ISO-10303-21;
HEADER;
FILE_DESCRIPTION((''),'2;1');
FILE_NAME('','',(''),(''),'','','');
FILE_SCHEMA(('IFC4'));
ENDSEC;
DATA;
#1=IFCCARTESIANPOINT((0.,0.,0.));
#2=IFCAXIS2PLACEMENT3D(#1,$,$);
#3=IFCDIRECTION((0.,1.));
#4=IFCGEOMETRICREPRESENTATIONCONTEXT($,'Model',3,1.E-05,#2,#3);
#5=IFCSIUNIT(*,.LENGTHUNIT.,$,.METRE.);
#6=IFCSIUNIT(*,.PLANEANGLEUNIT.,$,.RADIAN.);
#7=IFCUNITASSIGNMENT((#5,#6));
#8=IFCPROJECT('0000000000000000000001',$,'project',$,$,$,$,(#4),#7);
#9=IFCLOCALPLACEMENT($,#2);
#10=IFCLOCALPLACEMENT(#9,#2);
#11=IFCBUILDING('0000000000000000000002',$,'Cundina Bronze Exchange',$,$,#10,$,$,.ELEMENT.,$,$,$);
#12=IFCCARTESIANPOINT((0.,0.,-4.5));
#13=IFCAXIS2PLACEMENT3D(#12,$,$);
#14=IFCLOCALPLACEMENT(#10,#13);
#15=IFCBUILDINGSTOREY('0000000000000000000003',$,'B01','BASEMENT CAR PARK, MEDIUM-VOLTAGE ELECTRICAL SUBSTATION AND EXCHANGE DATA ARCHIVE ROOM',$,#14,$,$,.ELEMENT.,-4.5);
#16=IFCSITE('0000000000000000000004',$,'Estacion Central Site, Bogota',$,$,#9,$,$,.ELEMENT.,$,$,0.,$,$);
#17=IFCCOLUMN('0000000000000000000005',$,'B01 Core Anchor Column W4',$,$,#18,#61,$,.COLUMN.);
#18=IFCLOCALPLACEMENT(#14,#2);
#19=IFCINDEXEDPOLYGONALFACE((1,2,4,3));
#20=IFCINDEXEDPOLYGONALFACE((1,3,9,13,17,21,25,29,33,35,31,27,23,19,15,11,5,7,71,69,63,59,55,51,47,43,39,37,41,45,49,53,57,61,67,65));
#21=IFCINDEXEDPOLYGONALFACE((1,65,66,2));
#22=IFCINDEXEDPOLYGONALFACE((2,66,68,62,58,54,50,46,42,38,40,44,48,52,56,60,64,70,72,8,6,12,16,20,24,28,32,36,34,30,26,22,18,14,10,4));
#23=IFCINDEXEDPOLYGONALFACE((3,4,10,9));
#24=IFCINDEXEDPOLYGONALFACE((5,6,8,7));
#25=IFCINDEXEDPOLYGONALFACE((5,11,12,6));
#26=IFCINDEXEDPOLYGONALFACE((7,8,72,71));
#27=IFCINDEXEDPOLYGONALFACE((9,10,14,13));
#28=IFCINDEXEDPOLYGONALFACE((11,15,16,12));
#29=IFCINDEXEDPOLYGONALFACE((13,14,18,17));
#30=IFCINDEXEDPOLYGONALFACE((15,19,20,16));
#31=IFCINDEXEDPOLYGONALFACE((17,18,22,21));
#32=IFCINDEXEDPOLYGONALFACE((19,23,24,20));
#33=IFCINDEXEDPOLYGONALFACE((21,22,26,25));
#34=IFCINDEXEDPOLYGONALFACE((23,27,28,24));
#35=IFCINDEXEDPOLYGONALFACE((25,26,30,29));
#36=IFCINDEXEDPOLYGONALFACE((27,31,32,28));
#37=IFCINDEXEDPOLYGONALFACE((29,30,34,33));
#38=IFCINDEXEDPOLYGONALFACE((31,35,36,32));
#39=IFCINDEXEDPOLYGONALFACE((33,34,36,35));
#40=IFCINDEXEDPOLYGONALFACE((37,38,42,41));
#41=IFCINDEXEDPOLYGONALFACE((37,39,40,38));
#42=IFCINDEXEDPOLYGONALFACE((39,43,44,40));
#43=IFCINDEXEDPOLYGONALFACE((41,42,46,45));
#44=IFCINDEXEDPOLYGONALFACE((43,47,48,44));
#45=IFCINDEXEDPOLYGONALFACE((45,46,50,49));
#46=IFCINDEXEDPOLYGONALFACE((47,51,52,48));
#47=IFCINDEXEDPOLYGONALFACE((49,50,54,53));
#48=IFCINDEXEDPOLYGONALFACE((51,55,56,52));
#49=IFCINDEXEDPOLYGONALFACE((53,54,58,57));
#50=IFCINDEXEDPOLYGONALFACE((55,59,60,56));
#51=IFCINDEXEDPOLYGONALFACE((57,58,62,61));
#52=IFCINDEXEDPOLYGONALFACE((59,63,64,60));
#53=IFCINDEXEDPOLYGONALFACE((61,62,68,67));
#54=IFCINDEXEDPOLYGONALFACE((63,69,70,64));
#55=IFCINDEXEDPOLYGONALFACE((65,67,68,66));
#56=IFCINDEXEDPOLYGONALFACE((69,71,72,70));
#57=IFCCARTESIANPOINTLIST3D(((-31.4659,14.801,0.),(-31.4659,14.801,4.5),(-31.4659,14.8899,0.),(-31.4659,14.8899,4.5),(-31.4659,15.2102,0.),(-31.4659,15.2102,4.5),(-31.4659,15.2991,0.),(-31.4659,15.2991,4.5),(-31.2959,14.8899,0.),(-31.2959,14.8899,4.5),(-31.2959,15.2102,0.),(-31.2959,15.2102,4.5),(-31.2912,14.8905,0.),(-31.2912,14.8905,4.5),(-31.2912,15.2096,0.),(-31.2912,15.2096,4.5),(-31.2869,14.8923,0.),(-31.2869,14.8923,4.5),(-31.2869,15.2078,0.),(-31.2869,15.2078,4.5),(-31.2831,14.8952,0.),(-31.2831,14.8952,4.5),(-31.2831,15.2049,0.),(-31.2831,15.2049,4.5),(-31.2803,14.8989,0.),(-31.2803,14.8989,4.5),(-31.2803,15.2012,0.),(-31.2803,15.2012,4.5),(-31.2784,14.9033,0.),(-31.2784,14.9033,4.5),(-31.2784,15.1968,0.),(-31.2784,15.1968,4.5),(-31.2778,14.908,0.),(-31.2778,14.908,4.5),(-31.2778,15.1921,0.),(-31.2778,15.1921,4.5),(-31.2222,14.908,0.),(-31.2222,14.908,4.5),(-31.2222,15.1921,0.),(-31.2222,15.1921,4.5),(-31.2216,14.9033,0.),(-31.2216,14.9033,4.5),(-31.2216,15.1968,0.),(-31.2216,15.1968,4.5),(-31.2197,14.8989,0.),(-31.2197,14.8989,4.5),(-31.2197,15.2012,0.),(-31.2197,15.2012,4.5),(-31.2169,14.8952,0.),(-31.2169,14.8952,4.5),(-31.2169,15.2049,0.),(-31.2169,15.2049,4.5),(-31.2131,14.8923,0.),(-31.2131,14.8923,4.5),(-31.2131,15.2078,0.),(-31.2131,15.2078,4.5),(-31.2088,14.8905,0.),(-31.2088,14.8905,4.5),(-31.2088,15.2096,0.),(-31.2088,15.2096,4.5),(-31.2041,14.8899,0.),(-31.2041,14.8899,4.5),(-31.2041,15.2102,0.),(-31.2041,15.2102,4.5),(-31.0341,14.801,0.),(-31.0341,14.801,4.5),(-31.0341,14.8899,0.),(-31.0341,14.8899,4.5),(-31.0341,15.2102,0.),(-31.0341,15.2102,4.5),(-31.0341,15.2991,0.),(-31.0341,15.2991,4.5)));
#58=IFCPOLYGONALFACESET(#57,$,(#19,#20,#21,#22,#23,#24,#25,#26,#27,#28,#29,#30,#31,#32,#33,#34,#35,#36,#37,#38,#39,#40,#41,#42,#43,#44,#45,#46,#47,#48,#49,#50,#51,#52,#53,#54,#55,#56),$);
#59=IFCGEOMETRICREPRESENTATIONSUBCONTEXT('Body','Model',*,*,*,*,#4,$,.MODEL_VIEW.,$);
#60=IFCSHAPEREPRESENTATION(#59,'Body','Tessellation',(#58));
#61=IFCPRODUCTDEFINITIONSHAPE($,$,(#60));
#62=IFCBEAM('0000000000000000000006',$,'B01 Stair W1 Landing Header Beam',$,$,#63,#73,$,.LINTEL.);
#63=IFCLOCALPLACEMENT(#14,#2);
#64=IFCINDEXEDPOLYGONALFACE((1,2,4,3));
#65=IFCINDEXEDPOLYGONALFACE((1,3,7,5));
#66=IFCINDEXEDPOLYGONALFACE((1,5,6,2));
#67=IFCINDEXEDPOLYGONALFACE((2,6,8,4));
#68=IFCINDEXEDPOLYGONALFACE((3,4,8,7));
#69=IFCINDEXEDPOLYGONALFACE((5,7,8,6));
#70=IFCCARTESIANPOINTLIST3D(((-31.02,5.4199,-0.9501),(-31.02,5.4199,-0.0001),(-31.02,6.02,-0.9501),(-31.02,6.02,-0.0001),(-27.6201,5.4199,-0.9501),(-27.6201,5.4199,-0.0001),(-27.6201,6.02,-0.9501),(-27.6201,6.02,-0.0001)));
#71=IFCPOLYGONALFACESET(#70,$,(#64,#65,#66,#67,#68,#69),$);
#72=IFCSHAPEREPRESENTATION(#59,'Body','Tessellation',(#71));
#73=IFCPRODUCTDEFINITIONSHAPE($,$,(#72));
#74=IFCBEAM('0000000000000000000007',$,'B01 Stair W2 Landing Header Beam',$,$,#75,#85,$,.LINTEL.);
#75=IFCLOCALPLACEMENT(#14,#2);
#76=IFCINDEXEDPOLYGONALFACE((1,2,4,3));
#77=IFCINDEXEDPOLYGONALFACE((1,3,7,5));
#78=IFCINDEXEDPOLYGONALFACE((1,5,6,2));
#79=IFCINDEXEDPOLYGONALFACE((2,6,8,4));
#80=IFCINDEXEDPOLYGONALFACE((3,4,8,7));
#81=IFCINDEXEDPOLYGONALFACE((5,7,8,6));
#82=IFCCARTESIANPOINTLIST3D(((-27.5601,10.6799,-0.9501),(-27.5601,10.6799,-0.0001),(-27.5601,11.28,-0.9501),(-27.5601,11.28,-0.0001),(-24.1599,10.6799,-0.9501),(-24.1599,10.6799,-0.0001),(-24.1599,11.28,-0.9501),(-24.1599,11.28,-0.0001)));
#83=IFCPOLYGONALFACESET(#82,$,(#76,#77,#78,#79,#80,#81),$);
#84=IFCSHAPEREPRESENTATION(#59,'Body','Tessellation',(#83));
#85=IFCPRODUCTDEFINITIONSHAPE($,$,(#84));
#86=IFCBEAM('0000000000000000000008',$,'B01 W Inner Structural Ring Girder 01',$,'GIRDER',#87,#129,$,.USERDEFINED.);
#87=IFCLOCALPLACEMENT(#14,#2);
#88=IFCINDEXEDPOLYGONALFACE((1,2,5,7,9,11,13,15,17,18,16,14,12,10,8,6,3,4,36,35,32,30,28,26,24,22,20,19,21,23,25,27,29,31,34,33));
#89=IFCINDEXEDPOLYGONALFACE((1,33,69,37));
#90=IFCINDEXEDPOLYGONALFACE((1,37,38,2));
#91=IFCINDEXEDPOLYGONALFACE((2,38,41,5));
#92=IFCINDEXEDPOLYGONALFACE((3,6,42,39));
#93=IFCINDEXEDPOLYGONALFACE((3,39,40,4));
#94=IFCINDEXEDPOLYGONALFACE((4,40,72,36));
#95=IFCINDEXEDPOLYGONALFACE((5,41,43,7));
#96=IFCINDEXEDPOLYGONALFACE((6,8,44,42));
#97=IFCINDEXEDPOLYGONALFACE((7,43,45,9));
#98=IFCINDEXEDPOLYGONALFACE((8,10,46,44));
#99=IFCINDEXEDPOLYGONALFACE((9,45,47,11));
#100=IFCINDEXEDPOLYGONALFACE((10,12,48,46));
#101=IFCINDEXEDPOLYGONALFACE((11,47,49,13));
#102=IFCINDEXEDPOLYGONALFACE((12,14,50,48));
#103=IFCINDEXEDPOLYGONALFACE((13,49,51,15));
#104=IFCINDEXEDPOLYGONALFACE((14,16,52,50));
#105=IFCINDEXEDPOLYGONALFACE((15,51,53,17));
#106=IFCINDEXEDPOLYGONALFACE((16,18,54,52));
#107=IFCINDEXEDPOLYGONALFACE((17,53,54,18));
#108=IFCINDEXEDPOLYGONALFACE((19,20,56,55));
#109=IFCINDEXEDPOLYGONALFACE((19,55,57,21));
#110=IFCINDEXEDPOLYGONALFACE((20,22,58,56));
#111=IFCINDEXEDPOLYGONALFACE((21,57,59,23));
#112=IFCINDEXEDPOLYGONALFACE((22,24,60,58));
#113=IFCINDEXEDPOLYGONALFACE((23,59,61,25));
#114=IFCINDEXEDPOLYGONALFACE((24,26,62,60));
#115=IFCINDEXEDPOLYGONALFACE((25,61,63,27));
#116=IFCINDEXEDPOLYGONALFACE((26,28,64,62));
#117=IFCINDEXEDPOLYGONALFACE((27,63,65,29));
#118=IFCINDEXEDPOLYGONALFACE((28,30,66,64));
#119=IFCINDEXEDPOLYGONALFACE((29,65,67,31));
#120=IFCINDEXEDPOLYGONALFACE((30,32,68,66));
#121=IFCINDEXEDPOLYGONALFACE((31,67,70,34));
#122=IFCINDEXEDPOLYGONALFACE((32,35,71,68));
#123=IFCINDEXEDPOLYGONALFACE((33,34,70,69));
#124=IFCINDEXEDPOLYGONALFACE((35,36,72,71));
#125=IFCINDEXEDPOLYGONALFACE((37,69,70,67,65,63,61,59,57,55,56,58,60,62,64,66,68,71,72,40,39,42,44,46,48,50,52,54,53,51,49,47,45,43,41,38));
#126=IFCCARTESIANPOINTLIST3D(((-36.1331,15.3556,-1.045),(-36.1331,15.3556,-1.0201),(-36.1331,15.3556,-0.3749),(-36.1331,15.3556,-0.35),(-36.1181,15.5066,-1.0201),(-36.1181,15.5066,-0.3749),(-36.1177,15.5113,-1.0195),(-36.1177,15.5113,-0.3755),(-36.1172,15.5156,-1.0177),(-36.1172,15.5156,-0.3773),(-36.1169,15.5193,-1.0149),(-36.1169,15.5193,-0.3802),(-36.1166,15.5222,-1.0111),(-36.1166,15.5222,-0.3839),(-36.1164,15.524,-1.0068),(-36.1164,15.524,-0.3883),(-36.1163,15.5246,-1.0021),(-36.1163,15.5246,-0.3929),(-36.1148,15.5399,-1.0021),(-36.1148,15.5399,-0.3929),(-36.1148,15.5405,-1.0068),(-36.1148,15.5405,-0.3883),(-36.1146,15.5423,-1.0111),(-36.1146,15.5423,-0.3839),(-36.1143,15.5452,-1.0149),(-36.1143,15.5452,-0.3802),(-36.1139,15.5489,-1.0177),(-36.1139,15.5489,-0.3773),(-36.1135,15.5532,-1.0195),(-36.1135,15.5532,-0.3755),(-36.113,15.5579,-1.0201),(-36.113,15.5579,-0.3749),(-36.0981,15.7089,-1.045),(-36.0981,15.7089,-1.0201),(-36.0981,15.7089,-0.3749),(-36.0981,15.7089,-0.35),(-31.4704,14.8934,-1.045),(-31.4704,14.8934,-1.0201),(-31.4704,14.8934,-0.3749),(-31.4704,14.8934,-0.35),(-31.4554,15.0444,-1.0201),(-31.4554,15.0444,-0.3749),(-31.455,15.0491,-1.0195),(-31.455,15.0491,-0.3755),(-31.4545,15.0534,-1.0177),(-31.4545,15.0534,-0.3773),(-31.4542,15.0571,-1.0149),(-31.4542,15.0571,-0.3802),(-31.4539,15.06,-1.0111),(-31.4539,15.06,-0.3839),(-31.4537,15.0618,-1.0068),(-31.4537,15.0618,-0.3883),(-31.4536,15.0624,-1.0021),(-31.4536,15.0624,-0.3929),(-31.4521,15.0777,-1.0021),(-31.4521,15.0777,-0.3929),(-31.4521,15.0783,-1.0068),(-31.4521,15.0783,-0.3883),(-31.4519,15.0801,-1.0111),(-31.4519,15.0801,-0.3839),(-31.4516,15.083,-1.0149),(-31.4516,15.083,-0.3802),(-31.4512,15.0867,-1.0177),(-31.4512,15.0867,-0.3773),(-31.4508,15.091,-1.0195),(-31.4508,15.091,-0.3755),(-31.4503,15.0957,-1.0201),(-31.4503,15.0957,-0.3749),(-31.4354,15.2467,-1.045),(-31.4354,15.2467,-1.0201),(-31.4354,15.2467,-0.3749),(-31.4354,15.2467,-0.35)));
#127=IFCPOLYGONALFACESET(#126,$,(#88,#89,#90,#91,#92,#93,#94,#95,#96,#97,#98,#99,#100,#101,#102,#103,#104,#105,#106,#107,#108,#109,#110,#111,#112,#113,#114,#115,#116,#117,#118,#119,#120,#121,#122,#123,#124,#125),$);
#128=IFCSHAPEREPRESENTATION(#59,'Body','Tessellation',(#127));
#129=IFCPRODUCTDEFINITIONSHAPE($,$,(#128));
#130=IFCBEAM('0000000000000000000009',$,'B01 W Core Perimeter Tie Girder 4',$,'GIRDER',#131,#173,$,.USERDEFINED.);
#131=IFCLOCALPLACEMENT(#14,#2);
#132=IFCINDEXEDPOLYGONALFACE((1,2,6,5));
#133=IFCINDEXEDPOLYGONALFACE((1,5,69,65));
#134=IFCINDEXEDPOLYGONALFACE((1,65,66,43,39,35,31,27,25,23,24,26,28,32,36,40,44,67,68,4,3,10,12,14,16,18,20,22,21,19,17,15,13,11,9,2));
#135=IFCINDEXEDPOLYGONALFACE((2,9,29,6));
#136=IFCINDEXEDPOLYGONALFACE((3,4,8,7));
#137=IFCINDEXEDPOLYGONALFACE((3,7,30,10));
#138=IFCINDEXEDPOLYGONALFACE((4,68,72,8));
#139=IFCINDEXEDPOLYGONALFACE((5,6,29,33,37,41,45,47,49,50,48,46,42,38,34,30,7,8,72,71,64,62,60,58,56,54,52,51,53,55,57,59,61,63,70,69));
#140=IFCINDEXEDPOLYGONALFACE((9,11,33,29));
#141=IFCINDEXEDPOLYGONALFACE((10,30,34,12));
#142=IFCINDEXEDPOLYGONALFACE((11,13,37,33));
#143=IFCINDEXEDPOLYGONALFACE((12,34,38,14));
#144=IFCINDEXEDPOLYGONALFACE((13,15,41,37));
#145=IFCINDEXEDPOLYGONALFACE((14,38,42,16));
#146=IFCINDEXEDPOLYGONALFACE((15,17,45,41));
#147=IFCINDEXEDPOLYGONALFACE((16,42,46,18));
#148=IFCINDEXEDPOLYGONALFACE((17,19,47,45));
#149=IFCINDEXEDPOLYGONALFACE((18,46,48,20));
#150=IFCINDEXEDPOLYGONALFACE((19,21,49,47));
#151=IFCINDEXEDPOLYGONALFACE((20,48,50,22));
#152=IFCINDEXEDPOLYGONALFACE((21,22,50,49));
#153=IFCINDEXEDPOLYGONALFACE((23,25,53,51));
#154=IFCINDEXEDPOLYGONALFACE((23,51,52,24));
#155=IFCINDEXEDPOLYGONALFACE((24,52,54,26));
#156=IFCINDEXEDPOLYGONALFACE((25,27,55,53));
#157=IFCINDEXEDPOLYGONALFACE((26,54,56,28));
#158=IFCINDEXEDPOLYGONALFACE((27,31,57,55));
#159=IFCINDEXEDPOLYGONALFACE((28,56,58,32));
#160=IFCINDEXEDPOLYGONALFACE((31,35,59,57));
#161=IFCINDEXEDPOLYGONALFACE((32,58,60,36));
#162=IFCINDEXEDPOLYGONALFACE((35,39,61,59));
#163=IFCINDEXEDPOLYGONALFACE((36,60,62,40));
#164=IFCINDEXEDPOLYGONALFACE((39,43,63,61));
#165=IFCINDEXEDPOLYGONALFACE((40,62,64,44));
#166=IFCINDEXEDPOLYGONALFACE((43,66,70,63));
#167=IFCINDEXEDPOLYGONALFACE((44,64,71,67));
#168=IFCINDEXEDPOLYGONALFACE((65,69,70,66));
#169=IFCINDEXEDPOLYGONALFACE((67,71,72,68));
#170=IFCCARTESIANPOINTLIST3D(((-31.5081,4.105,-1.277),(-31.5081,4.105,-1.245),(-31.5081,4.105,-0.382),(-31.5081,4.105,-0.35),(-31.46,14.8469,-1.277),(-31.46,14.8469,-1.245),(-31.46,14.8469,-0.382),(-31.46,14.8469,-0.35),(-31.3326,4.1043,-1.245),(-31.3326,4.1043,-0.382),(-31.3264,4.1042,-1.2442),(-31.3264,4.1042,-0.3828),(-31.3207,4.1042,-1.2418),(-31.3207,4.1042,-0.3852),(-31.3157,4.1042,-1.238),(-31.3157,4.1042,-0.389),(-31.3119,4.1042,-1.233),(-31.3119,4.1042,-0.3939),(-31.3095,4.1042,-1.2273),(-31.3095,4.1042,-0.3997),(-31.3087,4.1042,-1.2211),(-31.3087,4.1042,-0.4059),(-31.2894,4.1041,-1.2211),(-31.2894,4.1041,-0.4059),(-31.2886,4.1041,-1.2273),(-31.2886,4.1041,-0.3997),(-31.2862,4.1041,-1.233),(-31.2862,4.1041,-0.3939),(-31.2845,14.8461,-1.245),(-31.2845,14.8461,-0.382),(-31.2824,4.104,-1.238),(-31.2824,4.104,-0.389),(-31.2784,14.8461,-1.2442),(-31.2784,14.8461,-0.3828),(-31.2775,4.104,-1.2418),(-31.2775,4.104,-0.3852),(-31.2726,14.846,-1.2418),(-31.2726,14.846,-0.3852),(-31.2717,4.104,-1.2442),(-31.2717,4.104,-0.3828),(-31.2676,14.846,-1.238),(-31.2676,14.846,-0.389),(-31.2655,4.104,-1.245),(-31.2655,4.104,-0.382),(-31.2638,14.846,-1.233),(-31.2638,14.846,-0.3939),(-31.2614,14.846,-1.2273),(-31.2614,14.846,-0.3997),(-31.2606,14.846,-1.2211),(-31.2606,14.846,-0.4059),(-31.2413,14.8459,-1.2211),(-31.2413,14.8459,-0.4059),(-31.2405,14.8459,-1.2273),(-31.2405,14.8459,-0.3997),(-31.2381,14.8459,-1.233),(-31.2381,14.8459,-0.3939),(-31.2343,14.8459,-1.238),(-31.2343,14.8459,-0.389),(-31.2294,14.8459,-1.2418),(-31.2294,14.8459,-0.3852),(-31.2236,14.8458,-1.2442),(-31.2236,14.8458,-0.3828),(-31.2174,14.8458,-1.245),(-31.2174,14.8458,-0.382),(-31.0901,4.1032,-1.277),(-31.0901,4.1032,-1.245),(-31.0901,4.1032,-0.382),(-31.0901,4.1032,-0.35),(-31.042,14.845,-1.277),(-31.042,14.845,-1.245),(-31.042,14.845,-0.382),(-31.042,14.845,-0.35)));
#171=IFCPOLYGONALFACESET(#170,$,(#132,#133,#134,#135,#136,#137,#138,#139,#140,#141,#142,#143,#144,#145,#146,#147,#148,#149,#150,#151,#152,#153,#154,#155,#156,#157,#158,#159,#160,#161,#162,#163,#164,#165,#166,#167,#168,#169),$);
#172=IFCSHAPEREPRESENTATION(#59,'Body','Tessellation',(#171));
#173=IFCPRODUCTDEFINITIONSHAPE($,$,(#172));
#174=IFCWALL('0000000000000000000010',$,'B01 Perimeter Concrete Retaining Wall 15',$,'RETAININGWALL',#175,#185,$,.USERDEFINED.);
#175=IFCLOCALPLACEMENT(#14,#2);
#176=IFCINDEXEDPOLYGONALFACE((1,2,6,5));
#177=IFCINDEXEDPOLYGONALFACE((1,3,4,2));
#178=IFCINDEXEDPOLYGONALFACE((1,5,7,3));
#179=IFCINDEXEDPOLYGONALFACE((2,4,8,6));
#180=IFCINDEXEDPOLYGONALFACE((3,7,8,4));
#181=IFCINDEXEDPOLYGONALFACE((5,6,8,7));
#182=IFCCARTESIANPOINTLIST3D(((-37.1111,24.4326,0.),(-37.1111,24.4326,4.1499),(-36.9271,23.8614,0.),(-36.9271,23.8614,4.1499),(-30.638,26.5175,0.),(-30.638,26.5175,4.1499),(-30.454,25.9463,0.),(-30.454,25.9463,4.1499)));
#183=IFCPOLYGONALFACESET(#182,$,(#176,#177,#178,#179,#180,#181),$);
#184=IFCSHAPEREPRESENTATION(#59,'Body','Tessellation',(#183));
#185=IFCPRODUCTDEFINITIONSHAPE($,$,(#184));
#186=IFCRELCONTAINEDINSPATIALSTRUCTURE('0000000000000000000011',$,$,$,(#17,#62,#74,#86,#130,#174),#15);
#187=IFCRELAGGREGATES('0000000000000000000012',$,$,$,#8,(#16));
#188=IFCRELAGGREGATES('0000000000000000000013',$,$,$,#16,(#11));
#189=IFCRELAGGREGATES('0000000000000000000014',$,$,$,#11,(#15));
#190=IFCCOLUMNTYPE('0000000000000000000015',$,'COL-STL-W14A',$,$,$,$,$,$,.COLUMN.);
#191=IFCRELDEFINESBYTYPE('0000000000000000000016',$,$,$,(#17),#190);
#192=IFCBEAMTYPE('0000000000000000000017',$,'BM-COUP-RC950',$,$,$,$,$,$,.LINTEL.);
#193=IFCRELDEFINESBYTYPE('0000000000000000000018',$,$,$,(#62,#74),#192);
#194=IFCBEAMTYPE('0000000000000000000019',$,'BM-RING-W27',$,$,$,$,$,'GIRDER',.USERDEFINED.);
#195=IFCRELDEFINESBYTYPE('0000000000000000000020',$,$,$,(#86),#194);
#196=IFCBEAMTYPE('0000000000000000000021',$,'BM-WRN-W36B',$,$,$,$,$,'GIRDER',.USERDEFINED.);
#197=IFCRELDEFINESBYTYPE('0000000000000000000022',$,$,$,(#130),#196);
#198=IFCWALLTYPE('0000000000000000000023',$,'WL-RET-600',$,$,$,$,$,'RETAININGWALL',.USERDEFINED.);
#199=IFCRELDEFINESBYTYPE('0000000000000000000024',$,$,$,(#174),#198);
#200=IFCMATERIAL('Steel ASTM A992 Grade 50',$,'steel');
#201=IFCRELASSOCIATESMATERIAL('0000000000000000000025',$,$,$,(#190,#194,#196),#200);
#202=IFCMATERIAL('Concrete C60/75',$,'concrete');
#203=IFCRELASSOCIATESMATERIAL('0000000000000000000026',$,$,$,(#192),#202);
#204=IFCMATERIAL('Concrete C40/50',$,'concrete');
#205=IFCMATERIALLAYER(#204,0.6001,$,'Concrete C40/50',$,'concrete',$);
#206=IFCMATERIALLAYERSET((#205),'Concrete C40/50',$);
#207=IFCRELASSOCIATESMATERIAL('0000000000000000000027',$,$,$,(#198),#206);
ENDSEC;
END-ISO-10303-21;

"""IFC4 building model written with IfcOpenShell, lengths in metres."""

from ifc_helpers import new_model, si_unit, direction, frame, frame_2d, origin, origin_2d, place, context, subcontext, project, spatial, rectangle, i_section, extrude, material, layer, layer_set, material_profile, profile_set, type_object, element, save


model = new_model("IFC4")

# Units and contexts
model_context = context("Model", 3, precision=1e-05, world=origin(), true_north=direction((0.0, 1.0)))
body_context = subcontext(model_context, "Body", "Model", "MODEL_VIEW")
ifc_project = project(units=[si_unit("LENGTHUNIT", "METRE"), si_unit("PLANEANGLEUNIT", "RADIAN")], contexts=[model_context])

# Site, building, storey
site_placement = place(None, origin())
site = spatial("IfcSite", under=ifc_project, at=site_placement, Name="Estacion Central Site, Bogota", CompositionType="ELEMENT", RefElevation=0.0)
building_placement = place(site_placement, origin())
building = spatial("IfcBuilding", under=site, at=building_placement, Name="Cundina Bronze Exchange", CompositionType="ELEMENT")
storey_placement = place(building_placement, frame((0.0, 0.0, -4.5)))
storey = spatial("IfcBuildingStorey", under=building, at=storey_placement, Name="B01", Description="BASEMENT CAR PARK, MEDIUM-VOLTAGE ELECTRICAL SUBSTATION AND EXCHANGE DATA ARCHIVE ROOM", CompositionType="ELEMENT", Elevation=-4.5)

# Column
ifc_material_1 = material(Name="Steel ASTM A992 Grade 50", Category="steel")
ifc_material_profile_1 = material_profile(ifc_material_1, i_section(OverallWidth=0.4319, OverallDepth=0.498, WebThickness=0.0557, FlangeThickness=0.0889, FilletRadius=0.0181, at=origin_2d()), Name="W14X500", Category="steel")
ifc_profile_set_1 = profile_set([ifc_material_profile_1], Name="Steel ASTM A992 Grade 50")
column_type = type_object("IfcColumnType", Name="COL-STL-W14A", PredefinedType="COLUMN", material=ifc_profile_set_1)
column_placement = place(storey_placement, frame((-31.25, 15.05, 0.0), z_axis=(0.0, 0.0, 1.0), x_axis=(1.0, 0.0, 0.0)))
element("IfcColumn", 1, at=column_placement, inside=storey, type_object=column_type, Name="B01 Core Anchor Column W4", PredefinedType="COLUMN", context=body_context, shape_type="SweptSolid", body=[
    extrude(i_section(OverallWidth=0.4319, OverallDepth=0.498, WebThickness=0.0557, FlangeThickness=0.0889, FilletRadius=0.0181, at=origin_2d()), origin(), (0.0, 0.0, 1.0), 4.5),
])

# Beams
ifc_material_2 = material(Name="Concrete C60/75", Category="concrete")
ifc_material_profile_2 = material_profile(ifc_material_2, rectangle(XDim=0.6001, YDim=0.95, at=origin_2d()), Name="RC600X950", Category="concrete")
ifc_profile_set_2 = profile_set([ifc_material_profile_2], Name="Concrete C60/75")
beam_type_1 = type_object("IfcBeamType", Name="BM-COUP-RC950", PredefinedType="LINTEL", material=ifc_profile_set_2)
beam_1_placement = place(storey_placement, frame((-31.02, 5.72, -0.4751), z_axis=(1.0, 0.0, 0.0), x_axis=(0.0, 1.0, 0.0)))
element("IfcBeam", 2, at=beam_1_placement, inside=storey, type_object=beam_type_1, Name="B01 Stair W1 Landing Header Beam", PredefinedType="LINTEL", context=body_context, shape_type="SweptSolid", body=[
    extrude(rectangle(XDim=0.6001, YDim=0.95, at=origin_2d()), origin(), (0.0, 0.0, 1.0), 3.3999),
])
beam_2_placement = place(storey_placement, frame((-27.5601, 10.98, -0.4751), z_axis=(1.0, 0.0, 0.0), x_axis=(0.0, 1.0, 0.0)))
element("IfcBeam", 3, at=beam_2_placement, inside=storey, type_object=beam_type_1, Name="B01 Stair W2 Landing Header Beam", PredefinedType="LINTEL", context=body_context, shape_type="SweptSolid", body=[
    extrude(rectangle(XDim=0.6001, YDim=0.95, at=origin_2d()), origin(), (0.0, 0.0, 1.0), 3.4001),
])
ifc_material_profile_3 = material_profile(ifc_material_1, i_section(OverallWidth=0.355, OverallDepth=0.6951, WebThickness=0.0154, FlangeThickness=0.0249, FilletRadius=0.0181, at=origin_2d()), Name="W27X146", Category="steel")
ifc_profile_set_3 = profile_set([ifc_material_profile_3], Name="Steel ASTM A992 Grade 50")
beam_type_2 = type_object("IfcBeamType", Name="BM-RING-W27", ElementType="GIRDER", PredefinedType="USERDEFINED", material=ifc_profile_set_3)
beam_3_placement = place(storey_placement, frame((-31.4529, 15.0701, -0.6975), z_axis=(-0.995123, 0.098637, 0.0), x_axis=(-0.098637, -0.995123, 0.0)))
element("IfcBeam", 4, at=beam_3_placement, inside=storey, type_object=beam_type_2, Name="B01 W Inner Structural Ring Girder 01", ObjectType="GIRDER", PredefinedType="USERDEFINED", context=body_context, shape_type="SweptSolid", body=[
    extrude(i_section(OverallWidth=0.355, OverallDepth=0.6951, WebThickness=0.0154, FlangeThickness=0.0249, FilletRadius=0.0181, at=origin_2d()), origin(), (0.0, 0.0, 1.0), 4.6855),
])
ifc_material_profile_4 = material_profile(ifc_material_1, i_section(OverallWidth=0.418, OverallDepth=0.927, WebThickness=0.0193, FlangeThickness=0.032, FilletRadius=0.0239, at=origin_2d()), Name="W36X231", Category="steel")
ifc_profile_set_4 = profile_set([ifc_material_profile_4], Name="Steel ASTM A992 Grade 50")
beam_type_3 = type_object("IfcBeamType", Name="BM-WRN-W36B", ElementType="GIRDER", PredefinedType="USERDEFINED", material=ifc_profile_set_4)
beam_4_placement = place(storey_placement, frame((-31.251, 14.8459, -0.8135), z_axis=(-0.004477, -0.99999, 0.0), x_axis=(0.99999, -0.004477, 0.0)))
element("IfcBeam", 5, at=beam_4_placement, inside=storey, type_object=beam_type_3, Name="B01 W Core Perimeter Tie Girder 4", ObjectType="GIRDER", PredefinedType="USERDEFINED", context=body_context, shape_type="SweptSolid", body=[
    extrude(i_section(OverallWidth=0.418, OverallDepth=0.927, WebThickness=0.0193, FlangeThickness=0.032, FilletRadius=0.0239, at=origin_2d()), origin(), (0.0, 0.0, 1.0), 10.7419),
])

# Wall
ifc_material_3 = material(Name="Concrete C40/50", Category="concrete")
ifc_layer_1 = layer(ifc_material_3, 0.6001, Name="Concrete C40/50", Category="concrete")
ifc_layer_set_1 = layer_set([ifc_layer_1], Name="Concrete C40/50")
wall_type_1 = type_object("IfcWallType", Name="WL-RET-600", ElementType="RETAININGWALL", PredefinedType="USERDEFINED", material=ifc_layer_set_1)
wall_1_placement = place(storey_placement, frame((-30.5459, 26.2319, 0.0), z_axis=(0.0, 0.0, 1.0), x_axis=(-0.951844, -0.306583, 0.0)))
element("IfcWall", 6, at=wall_1_placement, inside=storey, type_object=wall_type_1, Name="B01 Perimeter Concrete Retaining Wall 15", ObjectType="RETAININGWALL", PredefinedType="USERDEFINED", context=body_context, shape_type="SweptSolid", body=[
    extrude(rectangle(XDim=6.8005, YDim=0.6001, at=frame_2d((3.4004, 0.0))), origin(), (0.0, 0.0, 1.0), 4.1499),
])

save(model, "model.ifc")
